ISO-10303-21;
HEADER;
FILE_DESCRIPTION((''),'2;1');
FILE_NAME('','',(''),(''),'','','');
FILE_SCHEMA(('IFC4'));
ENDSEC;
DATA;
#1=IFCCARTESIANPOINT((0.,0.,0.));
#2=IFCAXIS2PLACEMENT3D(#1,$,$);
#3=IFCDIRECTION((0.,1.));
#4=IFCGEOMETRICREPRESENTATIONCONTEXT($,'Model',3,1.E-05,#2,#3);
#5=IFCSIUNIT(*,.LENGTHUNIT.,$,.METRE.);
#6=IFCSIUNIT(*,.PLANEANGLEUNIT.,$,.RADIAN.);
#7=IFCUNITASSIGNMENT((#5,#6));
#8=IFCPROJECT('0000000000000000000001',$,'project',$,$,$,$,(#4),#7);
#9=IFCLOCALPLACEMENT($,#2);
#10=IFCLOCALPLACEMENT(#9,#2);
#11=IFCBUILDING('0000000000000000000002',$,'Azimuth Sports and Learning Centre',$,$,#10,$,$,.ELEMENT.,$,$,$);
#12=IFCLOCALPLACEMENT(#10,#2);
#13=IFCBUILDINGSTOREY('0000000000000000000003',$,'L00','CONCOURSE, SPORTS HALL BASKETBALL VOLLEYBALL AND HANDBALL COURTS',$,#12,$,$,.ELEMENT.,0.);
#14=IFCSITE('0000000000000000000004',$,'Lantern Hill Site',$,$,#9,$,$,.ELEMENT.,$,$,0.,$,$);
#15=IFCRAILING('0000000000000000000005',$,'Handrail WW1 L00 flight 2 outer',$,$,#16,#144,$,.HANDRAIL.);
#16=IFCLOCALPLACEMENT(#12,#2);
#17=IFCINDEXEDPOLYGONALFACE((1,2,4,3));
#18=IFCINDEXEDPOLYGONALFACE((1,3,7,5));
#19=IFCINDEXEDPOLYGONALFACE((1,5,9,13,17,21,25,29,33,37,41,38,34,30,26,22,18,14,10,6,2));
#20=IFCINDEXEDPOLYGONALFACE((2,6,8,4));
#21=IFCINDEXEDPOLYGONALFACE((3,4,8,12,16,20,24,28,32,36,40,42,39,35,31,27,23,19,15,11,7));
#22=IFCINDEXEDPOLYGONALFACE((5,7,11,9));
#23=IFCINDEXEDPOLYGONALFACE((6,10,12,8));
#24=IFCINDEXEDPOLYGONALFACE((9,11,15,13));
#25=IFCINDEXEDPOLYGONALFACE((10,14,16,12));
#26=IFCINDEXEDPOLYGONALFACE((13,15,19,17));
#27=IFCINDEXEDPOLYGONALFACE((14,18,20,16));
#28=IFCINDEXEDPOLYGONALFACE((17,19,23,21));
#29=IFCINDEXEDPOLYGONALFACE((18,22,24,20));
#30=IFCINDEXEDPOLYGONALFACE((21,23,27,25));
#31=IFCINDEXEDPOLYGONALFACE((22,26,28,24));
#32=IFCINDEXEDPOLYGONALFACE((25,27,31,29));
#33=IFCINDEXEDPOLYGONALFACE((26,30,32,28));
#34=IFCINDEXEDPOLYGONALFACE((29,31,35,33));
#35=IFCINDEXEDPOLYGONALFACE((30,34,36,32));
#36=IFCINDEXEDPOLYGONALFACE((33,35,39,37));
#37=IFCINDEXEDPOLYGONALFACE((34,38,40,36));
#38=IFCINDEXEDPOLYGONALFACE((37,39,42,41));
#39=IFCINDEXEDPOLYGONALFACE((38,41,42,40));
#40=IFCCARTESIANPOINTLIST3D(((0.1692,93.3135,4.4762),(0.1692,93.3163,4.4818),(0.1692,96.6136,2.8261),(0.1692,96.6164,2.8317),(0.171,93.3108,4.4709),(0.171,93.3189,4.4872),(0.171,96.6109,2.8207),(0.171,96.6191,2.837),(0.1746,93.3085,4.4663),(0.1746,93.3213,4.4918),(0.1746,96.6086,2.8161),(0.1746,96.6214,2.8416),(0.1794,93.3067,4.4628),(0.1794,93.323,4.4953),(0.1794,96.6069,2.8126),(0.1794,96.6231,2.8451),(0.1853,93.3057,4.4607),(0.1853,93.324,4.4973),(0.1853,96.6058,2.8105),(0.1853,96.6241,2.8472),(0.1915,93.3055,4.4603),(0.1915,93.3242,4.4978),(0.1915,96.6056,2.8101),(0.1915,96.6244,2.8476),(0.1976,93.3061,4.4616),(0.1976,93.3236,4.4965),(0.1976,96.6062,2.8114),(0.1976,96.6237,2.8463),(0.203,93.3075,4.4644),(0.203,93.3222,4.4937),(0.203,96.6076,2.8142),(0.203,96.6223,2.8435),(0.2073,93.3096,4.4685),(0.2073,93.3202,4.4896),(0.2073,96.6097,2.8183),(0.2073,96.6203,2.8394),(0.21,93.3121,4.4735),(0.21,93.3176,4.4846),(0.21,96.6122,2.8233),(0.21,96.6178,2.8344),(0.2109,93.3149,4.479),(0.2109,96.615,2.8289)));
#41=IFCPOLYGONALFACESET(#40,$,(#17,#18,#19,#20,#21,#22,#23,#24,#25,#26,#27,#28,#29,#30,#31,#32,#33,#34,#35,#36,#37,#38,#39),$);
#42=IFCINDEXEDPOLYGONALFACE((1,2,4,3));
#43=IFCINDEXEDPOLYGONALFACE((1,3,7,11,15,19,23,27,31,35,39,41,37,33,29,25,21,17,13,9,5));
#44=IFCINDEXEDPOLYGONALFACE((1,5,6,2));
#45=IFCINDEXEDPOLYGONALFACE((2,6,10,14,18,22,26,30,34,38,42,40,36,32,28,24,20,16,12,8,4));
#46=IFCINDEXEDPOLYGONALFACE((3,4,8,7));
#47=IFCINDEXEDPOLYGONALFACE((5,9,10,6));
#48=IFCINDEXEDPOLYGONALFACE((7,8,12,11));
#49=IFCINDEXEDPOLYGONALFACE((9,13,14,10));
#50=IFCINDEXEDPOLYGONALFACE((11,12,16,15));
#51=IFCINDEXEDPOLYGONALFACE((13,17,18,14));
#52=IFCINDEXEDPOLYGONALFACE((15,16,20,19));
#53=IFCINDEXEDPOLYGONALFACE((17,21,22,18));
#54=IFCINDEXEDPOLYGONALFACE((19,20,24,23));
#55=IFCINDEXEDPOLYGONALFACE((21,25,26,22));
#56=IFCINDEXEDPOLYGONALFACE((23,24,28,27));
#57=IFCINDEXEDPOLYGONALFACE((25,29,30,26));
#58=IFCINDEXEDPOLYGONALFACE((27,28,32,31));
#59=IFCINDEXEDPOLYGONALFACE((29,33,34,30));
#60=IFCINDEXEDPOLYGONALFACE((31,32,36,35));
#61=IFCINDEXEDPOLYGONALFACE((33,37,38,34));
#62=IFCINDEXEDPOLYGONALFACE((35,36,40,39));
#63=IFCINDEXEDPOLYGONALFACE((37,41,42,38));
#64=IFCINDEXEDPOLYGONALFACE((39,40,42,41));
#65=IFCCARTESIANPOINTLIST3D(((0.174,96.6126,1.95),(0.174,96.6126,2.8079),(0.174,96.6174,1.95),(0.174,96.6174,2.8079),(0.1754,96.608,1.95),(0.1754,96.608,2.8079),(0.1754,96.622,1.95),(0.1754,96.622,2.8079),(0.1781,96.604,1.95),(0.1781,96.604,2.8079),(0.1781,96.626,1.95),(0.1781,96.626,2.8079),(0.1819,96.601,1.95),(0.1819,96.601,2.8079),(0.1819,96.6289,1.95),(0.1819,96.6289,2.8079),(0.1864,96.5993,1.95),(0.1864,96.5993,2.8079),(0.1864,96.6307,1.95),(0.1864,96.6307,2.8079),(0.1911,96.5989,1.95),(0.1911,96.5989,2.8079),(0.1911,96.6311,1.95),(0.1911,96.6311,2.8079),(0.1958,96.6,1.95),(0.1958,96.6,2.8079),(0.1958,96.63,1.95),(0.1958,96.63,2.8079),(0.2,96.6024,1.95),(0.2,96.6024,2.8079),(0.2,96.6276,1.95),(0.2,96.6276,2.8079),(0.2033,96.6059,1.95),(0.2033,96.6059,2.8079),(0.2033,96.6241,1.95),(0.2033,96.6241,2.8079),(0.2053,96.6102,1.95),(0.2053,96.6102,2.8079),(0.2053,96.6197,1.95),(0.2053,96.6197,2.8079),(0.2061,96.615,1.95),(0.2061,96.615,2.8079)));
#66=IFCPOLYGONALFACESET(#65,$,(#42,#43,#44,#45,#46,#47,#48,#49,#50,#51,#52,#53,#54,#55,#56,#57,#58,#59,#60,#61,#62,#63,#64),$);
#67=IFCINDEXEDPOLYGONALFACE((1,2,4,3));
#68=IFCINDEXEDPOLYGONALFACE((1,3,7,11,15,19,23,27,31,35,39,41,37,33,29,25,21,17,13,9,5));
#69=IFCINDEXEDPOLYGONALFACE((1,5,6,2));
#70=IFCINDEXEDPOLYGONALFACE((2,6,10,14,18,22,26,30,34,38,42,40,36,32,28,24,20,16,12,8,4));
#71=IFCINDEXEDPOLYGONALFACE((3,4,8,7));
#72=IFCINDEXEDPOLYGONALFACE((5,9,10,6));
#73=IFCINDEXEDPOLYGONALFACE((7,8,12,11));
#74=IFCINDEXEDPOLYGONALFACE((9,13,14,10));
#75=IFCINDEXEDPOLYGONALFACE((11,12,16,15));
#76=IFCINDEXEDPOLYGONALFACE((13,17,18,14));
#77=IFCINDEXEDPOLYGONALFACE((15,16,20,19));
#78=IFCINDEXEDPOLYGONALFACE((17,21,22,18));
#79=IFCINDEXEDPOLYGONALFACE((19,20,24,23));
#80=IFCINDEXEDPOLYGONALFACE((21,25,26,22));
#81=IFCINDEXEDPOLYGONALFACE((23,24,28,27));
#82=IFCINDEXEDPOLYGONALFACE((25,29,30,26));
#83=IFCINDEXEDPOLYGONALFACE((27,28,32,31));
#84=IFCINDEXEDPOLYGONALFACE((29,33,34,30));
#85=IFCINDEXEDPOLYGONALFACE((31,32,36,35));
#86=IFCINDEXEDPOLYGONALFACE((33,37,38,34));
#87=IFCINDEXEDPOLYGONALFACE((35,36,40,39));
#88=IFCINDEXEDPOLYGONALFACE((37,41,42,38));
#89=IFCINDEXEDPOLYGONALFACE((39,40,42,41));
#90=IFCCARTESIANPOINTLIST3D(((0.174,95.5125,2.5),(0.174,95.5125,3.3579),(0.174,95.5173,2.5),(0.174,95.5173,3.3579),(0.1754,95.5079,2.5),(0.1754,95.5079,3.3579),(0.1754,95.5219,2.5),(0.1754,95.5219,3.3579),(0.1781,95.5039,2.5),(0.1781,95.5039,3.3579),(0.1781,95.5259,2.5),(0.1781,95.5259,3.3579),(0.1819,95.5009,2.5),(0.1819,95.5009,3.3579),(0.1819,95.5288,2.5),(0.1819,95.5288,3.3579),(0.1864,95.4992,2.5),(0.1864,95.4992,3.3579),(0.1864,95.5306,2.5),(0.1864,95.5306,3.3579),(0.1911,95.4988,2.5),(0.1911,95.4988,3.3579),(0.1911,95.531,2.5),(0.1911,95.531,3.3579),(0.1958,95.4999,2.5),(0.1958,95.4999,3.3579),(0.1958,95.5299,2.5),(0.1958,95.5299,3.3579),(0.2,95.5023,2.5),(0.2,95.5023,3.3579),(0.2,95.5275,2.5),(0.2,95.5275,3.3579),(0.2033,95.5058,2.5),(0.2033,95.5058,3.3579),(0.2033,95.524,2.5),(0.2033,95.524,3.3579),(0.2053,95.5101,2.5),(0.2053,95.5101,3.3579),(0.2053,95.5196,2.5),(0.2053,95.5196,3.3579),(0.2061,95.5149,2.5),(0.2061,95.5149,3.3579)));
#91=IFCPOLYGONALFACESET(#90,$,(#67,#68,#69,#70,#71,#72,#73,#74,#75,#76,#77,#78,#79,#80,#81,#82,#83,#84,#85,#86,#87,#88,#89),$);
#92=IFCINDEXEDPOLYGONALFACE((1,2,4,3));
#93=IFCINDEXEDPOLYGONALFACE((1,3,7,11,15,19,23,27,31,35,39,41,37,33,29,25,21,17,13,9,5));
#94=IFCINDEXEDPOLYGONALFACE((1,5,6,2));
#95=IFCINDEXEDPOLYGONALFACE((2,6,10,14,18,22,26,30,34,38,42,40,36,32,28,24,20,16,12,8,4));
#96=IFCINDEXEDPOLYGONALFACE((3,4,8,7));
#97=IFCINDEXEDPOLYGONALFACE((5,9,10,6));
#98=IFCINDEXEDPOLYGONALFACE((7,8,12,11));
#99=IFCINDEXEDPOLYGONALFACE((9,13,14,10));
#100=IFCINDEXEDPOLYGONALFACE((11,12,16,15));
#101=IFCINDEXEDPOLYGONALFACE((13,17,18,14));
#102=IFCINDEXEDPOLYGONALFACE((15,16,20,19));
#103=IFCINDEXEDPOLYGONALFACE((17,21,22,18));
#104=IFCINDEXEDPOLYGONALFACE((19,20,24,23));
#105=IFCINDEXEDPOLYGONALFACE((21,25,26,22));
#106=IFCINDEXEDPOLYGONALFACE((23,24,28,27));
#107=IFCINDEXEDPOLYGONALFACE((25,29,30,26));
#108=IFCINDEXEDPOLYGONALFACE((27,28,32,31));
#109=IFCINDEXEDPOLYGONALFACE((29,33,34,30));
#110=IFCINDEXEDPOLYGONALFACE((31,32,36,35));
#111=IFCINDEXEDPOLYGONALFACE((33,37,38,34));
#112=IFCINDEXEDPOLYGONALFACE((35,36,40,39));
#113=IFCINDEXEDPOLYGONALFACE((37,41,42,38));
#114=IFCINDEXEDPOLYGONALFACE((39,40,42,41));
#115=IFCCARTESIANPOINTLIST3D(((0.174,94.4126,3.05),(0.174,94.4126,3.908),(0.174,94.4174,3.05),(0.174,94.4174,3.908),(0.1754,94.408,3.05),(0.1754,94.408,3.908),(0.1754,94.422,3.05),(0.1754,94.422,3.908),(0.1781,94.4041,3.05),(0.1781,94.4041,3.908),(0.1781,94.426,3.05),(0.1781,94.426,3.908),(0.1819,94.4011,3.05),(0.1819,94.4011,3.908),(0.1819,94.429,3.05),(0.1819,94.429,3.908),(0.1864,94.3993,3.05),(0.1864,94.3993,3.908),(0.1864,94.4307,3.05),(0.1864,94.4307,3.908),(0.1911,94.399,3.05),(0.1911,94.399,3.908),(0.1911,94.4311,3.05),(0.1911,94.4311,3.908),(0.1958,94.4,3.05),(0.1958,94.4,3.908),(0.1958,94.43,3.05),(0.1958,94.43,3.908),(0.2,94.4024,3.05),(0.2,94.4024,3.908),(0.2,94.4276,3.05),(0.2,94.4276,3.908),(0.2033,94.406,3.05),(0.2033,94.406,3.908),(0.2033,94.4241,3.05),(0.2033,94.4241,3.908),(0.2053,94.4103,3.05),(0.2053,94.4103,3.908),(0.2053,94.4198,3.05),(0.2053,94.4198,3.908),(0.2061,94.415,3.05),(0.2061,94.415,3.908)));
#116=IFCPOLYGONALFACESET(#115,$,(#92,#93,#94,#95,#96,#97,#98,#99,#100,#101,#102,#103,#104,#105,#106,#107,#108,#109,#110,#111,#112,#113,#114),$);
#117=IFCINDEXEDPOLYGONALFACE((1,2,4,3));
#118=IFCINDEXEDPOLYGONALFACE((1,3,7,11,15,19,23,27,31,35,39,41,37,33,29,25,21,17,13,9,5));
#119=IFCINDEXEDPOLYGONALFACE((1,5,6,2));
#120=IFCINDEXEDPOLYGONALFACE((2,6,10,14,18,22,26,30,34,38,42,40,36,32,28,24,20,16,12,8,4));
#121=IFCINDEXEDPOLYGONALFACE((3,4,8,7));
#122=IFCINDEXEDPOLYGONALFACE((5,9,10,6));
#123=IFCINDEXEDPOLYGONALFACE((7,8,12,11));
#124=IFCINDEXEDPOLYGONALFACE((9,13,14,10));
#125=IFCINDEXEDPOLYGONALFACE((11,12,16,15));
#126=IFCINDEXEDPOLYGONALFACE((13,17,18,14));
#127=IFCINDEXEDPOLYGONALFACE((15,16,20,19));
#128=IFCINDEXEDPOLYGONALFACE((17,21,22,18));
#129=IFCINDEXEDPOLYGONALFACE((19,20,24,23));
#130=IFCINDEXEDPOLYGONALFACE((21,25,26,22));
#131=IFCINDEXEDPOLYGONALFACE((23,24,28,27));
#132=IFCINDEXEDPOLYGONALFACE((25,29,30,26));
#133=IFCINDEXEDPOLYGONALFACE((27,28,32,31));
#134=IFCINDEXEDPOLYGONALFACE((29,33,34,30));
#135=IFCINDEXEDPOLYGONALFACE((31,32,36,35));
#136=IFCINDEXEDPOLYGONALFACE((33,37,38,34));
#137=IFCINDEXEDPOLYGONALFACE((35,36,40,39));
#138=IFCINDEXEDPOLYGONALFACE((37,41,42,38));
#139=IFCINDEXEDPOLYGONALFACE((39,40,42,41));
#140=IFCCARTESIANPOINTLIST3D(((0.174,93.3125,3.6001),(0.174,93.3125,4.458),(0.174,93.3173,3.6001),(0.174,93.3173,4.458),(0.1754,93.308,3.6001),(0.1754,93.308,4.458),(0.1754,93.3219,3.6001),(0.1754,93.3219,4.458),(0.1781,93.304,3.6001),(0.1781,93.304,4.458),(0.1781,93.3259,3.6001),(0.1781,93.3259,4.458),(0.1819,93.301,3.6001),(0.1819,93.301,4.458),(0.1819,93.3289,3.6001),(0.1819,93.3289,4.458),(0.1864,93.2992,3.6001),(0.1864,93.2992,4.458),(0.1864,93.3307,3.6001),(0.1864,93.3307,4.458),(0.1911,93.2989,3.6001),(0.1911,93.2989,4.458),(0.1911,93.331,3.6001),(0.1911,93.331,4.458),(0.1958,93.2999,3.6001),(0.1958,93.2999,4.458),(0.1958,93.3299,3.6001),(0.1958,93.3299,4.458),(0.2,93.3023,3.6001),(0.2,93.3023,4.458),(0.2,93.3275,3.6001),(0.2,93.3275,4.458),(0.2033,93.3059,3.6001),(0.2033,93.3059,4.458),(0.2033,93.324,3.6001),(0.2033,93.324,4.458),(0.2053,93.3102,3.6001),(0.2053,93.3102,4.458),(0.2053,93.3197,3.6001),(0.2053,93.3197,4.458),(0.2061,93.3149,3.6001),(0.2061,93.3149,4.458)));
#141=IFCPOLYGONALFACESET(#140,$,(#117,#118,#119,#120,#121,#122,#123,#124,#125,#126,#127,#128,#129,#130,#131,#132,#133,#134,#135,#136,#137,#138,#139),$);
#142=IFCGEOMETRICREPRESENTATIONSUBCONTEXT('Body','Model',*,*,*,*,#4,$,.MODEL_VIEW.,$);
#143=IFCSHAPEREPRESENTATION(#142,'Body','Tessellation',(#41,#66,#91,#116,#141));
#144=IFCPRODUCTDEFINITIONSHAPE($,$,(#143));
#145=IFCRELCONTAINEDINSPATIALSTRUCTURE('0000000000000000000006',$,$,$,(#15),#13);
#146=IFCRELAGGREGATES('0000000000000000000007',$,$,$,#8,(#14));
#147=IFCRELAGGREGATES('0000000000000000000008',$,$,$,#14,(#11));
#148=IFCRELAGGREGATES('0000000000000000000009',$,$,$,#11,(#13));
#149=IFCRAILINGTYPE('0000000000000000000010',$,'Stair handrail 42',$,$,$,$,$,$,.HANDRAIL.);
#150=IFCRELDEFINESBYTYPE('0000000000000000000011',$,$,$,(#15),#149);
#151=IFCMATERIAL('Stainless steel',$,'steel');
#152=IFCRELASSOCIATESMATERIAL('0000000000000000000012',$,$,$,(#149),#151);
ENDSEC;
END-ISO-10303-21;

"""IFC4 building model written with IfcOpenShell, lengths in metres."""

from ifc_helpers import new_model, si_unit, direction, frame, origin, origin_2d, place, context, subcontext, project, spatial, circle, extrude, material, type_object, element, save


model = new_model("IFC4")

# Units and contexts
model_context = context("Model", 3, precision=1e-05, world=origin(), true_north=direction((0.0, 1.0)))
body_context = subcontext(model_context, "Body", "Model", "MODEL_VIEW")
ifc_project = project(units=[si_unit("LENGTHUNIT", "METRE"), si_unit("PLANEANGLEUNIT", "RADIAN")], contexts=[model_context])

# Site, building, storey
site_placement = place(None, origin())
site = spatial("IfcSite", under=ifc_project, at=site_placement, Name="Lantern Hill Site", CompositionType="ELEMENT", RefElevation=0.0)
building_placement = place(site_placement, origin())
building = spatial("IfcBuilding", under=site, at=building_placement, Name="Azimuth Sports and Learning Centre", CompositionType="ELEMENT")
storey_placement = place(building_placement, origin())
storey = spatial("IfcBuildingStorey", under=building, at=storey_placement, Name="L00", Description="CONCOURSE, SPORTS HALL BASKETBALL VOLLEYBALL AND HANDBALL COURTS", CompositionType="ELEMENT", Elevation=0.0)

# Railing
ifc_material_1 = material(Name="Stainless steel", Category="steel")
railing_type_1 = type_object("IfcRailingType", Name="Stair handrail 42", PredefinedType="HANDRAIL", material=ifc_material_1)
for number, where, name in (
    (1, (0.1899, 96.615, 1.95), "Handrail WW1 L00 flight 2 outer"),
):
    element("IfcRailing", number, at=place(storey_placement, frame(where)), inside=storey, type_object=railing_type_1, Name=name, PredefinedType="HANDRAIL", context=body_context, shape_type="SweptSolid", body=[
        extrude(circle(Radius=0.021, at=origin_2d()), frame((0.0, 0.0, 0.8789), z_axis=(0.0, -0.894414, 0.44724), x_axis=(1.0, 0.0, 0.0)), (0.0, 0.0, 1.0), 3.6897),
        extrude(circle(Radius=0.0161, at=origin_2d()), origin(), (0.0, 0.0, 1.0), 0.8579),
        extrude(circle(Radius=0.0161, at=origin_2d()), frame((0.0, -1.1001, 0.55)), (0.0, 0.0, 1.0), 0.8579),
        extrude(circle(Radius=0.0161, at=origin_2d()), frame((0.0, -2.2, 1.1001)), (0.0, 0.0, 1.0), 0.8579),
        extrude(circle(Radius=0.0161, at=origin_2d()), frame((0.0, -3.3, 1.6501)), (0.0, 0.0, 1.0), 0.8579),
    ])

save(model, "model.ifc")
